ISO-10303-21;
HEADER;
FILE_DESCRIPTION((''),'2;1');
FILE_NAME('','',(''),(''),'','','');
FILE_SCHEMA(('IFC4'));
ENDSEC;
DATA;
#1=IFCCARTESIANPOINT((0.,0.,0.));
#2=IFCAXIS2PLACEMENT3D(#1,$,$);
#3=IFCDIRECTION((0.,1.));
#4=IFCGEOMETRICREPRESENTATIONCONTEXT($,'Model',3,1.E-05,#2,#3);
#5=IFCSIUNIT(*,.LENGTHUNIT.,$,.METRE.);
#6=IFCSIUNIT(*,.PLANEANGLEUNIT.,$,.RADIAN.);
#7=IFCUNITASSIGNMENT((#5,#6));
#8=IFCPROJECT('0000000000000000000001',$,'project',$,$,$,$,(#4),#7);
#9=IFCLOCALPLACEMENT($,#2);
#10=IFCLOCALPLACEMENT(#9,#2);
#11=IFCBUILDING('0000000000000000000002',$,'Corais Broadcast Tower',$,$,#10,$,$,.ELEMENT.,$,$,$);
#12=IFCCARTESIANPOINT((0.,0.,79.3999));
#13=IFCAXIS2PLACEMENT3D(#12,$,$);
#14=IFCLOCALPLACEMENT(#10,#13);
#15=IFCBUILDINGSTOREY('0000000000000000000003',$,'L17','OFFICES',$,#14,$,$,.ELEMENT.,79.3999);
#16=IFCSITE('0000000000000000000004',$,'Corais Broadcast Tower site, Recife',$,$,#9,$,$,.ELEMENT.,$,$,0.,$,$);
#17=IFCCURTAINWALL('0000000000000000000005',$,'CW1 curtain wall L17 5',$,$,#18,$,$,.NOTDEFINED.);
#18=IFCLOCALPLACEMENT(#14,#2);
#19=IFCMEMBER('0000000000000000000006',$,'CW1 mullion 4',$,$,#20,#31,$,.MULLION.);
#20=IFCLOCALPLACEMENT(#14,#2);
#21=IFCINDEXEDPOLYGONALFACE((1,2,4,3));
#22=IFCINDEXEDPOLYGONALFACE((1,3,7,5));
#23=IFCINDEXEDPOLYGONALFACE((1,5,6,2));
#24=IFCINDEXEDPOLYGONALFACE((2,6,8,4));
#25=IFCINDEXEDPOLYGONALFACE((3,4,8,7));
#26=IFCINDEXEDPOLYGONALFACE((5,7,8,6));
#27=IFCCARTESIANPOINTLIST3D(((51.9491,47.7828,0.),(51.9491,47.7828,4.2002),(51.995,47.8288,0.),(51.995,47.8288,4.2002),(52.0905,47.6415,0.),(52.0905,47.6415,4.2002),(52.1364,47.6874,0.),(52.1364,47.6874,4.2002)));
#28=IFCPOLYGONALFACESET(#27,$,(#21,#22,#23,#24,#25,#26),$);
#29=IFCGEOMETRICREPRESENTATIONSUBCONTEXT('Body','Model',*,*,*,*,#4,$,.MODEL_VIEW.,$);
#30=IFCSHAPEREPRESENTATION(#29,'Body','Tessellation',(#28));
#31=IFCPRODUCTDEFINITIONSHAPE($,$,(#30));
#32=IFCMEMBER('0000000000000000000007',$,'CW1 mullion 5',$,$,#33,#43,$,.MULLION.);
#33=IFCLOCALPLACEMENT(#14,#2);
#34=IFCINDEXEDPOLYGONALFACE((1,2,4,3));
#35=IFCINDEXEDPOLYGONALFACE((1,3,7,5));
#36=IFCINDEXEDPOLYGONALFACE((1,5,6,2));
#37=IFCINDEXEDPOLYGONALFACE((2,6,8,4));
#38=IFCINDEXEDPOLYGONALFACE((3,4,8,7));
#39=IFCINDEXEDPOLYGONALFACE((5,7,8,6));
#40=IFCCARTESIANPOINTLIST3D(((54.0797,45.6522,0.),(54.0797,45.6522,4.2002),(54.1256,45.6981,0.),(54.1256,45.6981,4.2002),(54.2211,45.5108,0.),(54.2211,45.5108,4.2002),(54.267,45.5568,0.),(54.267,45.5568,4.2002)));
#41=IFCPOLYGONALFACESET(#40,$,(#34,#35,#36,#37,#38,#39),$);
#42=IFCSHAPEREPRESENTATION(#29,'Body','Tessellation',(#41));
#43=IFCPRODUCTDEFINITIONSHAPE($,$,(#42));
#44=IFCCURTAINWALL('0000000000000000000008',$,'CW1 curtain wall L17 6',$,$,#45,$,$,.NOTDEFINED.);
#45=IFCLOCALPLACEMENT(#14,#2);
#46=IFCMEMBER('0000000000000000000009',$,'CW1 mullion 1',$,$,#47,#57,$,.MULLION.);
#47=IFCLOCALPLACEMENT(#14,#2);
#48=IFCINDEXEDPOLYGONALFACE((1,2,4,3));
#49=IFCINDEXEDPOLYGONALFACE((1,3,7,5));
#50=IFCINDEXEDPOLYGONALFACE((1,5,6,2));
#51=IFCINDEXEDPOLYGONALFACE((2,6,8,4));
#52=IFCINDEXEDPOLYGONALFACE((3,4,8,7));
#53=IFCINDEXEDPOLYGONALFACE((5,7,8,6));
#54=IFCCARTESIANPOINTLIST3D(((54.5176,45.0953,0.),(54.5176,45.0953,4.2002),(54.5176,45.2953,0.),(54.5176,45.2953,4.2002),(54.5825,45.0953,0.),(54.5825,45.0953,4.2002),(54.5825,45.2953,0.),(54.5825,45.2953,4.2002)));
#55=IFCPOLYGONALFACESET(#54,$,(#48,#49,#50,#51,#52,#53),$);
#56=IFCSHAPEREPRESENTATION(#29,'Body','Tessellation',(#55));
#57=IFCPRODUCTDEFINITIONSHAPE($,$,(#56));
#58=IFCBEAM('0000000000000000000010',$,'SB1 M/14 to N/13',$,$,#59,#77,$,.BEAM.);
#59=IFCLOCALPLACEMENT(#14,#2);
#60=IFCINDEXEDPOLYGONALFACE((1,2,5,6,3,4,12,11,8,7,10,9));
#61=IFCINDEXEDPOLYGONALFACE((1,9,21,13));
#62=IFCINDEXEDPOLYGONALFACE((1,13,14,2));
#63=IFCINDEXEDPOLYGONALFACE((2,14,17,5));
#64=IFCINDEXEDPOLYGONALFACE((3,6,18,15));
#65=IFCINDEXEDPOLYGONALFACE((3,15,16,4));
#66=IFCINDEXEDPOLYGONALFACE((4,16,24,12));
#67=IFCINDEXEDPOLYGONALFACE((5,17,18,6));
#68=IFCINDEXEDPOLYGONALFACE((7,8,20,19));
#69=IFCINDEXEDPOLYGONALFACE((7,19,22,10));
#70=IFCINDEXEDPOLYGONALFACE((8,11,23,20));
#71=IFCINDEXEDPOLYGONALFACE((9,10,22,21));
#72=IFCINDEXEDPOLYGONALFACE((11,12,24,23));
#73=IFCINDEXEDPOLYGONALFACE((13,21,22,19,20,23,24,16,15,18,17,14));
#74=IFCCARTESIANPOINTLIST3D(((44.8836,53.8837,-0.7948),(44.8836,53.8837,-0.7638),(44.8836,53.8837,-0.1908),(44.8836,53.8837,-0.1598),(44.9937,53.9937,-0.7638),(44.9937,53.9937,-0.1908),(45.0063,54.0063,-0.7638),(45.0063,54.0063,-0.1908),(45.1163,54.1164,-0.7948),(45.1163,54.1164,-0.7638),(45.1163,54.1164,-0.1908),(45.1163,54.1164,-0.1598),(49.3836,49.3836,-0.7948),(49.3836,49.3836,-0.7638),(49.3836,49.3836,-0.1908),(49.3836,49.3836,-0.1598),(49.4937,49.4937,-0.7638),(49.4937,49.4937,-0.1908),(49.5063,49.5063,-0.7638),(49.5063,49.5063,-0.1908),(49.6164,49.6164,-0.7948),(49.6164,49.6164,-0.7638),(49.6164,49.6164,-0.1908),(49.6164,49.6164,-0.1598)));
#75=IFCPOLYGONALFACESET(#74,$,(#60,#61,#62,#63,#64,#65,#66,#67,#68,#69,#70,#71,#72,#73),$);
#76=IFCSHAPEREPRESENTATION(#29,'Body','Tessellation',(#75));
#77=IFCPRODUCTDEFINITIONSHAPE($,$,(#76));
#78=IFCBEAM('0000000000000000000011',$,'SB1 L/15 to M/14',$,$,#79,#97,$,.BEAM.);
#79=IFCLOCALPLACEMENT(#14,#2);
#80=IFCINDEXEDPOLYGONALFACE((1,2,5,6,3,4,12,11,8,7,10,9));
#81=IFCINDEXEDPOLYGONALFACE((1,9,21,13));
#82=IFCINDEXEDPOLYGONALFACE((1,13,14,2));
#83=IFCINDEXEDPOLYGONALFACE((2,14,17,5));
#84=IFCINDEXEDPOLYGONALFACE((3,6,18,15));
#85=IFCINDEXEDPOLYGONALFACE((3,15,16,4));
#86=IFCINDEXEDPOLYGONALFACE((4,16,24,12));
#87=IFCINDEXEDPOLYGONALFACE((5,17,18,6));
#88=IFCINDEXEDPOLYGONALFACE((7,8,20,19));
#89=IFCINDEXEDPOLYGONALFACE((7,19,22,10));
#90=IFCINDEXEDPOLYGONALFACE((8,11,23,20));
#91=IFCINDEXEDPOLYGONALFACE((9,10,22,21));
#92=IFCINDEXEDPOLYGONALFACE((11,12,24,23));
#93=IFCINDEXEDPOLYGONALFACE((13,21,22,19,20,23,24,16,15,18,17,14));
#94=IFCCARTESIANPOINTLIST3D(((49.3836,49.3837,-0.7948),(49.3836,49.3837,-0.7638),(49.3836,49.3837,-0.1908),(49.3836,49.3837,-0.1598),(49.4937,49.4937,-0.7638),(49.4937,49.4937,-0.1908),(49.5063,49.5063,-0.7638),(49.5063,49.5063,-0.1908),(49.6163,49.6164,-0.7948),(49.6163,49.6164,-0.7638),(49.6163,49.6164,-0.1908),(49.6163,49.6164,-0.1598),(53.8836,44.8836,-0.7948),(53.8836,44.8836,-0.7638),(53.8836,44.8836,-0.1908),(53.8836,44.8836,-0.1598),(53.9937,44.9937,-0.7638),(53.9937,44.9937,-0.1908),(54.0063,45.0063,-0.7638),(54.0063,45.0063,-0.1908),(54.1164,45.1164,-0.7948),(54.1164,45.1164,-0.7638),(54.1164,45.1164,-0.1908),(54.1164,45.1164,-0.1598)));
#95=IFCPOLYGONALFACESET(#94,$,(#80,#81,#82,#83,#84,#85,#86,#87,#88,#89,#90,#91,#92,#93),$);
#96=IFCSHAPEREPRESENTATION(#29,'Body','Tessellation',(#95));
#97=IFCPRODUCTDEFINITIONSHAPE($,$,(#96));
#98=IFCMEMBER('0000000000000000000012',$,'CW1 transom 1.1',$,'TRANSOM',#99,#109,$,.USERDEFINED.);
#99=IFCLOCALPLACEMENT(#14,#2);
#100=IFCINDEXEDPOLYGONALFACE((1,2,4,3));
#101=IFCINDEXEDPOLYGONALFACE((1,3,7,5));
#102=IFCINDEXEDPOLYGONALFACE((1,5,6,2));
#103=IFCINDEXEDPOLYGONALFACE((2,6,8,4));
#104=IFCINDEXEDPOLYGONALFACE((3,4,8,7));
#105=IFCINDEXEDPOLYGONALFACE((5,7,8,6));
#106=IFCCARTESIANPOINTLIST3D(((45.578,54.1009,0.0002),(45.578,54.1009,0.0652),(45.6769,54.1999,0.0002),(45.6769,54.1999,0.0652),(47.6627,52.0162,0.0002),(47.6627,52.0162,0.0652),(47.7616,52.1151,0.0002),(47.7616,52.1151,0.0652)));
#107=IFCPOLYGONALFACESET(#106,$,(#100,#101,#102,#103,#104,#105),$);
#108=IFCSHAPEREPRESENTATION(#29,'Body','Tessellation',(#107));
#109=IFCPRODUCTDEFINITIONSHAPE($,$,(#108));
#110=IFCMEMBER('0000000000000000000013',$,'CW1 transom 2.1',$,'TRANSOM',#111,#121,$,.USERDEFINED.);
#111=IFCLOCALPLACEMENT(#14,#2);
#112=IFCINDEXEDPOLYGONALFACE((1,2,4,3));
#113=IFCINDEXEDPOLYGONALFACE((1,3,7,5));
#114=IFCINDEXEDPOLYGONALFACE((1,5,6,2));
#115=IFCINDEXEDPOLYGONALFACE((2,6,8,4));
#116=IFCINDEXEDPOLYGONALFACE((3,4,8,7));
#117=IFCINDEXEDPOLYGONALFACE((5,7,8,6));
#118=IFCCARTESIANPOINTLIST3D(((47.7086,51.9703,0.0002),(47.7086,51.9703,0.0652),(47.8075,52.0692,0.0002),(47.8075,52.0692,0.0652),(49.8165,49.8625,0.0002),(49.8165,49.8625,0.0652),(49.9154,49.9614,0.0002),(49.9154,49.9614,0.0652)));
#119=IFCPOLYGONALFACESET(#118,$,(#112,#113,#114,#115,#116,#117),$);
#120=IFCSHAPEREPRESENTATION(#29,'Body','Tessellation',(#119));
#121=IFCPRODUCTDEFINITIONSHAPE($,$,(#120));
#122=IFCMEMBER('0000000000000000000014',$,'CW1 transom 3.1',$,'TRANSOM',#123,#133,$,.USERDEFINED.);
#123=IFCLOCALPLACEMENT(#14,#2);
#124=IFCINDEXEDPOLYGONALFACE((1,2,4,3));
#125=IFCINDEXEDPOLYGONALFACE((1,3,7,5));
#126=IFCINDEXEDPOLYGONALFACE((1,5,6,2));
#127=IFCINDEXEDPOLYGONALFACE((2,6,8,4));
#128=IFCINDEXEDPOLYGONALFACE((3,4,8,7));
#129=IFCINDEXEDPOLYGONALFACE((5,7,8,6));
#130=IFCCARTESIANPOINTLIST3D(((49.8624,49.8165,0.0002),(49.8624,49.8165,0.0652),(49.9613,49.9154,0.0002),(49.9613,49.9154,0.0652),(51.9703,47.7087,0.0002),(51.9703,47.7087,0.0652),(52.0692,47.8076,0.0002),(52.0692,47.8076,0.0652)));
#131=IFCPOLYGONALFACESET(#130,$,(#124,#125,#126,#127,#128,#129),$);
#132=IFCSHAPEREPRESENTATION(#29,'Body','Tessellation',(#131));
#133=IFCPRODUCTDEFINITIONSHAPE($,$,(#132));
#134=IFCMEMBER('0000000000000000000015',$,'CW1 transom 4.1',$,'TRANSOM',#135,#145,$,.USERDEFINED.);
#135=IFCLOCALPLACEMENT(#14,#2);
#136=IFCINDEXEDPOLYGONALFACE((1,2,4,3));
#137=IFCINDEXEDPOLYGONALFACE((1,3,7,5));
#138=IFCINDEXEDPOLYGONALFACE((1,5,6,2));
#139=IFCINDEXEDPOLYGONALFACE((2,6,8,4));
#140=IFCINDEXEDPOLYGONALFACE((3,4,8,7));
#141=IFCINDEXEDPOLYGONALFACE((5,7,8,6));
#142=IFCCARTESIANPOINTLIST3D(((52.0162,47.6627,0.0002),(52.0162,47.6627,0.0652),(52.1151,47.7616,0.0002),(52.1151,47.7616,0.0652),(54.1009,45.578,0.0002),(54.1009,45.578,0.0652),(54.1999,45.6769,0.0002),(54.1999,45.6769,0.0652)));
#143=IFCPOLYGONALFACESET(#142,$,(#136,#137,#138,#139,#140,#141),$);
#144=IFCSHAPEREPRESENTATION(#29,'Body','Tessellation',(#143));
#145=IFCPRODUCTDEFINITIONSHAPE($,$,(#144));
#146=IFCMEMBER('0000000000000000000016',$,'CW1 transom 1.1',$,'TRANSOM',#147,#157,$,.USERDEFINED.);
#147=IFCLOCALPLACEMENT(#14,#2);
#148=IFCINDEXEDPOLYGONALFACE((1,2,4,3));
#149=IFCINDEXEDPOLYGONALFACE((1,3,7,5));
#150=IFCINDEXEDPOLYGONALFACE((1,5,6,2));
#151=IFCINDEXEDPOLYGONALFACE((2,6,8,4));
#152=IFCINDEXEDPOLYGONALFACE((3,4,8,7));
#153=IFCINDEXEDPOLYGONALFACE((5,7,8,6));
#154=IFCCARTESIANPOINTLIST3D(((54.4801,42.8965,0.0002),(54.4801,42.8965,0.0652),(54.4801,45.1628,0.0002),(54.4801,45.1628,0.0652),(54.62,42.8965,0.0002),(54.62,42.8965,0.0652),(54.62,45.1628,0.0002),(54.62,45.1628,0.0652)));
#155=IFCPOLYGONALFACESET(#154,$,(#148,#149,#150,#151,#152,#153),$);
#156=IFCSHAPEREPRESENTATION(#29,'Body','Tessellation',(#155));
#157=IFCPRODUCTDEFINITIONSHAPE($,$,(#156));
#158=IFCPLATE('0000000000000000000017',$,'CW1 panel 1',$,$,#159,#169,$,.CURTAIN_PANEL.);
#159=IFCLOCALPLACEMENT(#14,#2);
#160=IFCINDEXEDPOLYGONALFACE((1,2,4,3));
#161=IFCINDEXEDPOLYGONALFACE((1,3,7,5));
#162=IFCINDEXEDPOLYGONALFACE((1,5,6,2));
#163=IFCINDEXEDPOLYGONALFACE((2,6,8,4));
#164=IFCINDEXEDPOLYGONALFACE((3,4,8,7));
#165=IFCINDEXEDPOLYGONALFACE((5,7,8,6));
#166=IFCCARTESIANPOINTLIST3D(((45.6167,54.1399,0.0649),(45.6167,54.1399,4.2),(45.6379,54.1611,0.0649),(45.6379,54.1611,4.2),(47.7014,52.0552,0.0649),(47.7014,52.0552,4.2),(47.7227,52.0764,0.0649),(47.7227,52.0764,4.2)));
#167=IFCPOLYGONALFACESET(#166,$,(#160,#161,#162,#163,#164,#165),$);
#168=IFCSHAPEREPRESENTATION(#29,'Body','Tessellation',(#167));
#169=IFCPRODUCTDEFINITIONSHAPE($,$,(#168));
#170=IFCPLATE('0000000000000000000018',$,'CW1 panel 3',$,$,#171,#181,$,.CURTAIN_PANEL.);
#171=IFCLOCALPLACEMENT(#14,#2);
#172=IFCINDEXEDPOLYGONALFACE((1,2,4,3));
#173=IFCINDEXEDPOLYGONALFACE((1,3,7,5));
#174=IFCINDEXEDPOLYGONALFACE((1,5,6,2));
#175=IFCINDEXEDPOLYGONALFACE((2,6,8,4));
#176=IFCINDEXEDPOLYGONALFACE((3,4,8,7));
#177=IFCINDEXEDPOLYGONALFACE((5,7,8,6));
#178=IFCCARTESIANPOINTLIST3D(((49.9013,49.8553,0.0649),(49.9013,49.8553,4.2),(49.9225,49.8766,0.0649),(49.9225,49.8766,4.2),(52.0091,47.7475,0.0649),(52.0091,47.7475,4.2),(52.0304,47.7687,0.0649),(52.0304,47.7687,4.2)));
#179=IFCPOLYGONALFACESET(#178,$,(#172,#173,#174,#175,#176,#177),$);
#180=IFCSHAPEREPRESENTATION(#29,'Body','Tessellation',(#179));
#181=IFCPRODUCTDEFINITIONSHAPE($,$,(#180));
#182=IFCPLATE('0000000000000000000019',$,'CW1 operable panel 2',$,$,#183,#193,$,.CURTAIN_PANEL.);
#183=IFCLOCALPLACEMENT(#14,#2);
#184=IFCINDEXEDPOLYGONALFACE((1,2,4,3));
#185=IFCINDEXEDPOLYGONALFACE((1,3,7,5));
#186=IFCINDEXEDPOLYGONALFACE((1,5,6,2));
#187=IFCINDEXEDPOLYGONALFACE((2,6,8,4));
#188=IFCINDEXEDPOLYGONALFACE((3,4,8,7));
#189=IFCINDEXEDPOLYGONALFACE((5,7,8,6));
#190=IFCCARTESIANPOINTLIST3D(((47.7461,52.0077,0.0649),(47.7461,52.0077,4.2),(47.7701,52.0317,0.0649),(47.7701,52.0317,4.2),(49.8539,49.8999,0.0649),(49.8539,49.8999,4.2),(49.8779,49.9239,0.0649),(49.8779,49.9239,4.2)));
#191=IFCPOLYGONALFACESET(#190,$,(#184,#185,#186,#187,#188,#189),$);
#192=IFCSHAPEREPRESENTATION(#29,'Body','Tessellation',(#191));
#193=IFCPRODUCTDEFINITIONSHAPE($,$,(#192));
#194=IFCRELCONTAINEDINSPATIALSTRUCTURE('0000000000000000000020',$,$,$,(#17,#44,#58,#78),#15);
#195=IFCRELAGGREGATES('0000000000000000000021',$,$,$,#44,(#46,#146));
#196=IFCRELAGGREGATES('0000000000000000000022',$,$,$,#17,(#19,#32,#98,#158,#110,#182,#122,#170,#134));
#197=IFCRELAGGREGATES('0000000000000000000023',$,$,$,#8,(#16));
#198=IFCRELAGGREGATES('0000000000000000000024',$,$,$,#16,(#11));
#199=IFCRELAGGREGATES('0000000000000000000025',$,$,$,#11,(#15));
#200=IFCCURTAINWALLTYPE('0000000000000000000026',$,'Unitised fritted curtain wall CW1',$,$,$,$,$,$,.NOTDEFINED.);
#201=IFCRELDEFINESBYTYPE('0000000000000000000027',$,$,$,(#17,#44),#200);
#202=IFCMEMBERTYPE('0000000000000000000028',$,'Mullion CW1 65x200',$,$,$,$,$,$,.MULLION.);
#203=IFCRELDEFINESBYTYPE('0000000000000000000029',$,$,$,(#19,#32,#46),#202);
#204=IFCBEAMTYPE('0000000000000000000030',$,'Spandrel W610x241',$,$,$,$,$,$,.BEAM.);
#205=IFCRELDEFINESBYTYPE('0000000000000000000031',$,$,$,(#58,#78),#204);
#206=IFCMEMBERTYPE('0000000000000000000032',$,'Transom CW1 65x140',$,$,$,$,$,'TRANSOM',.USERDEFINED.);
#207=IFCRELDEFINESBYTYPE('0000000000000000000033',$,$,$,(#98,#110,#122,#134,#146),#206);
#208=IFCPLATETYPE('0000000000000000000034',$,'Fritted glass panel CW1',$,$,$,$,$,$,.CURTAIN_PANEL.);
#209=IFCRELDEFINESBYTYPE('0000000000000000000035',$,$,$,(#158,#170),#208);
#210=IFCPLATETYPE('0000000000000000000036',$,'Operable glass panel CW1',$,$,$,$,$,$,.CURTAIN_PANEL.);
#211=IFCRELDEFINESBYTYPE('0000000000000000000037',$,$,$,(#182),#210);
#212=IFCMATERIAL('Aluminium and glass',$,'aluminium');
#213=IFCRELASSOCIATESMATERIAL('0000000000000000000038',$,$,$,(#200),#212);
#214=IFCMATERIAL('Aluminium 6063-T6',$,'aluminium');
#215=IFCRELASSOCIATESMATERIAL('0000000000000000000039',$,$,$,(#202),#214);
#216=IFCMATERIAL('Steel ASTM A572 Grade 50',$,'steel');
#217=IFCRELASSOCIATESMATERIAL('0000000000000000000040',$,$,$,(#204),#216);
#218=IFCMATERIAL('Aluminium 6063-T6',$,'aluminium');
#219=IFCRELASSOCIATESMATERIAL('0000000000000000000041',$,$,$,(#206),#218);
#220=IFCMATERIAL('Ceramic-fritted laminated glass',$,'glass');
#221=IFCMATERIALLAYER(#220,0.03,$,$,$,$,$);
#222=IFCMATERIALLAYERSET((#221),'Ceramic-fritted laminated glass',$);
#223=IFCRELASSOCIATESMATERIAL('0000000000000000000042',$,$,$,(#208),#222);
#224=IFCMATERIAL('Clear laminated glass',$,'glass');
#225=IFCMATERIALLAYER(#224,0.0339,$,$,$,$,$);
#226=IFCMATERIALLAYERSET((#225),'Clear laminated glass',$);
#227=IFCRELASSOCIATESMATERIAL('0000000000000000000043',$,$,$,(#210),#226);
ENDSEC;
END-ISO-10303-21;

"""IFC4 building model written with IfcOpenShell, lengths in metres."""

from ifc_helpers import new_model, si_unit, direction, frame, origin, origin_2d, place, context, subcontext, project, spatial, rectangle, i_section, extrude, material, layer, layer_set, material_profile, profile_set, type_object, element, aggregate, save


model = new_model("IFC4")

# Units and contexts
model_context = context("Model", 3, precision=1e-05, world=origin(), true_north=direction((0.0, 1.0)))
body_context = subcontext(model_context, "Body", "Model", "MODEL_VIEW")
ifc_project = project(units=[si_unit("LENGTHUNIT", "METRE"), si_unit("PLANEANGLEUNIT", "RADIAN")], contexts=[model_context])

# Site, building, storey
site_placement = place(None, origin())
site = spatial("IfcSite", under=ifc_project, at=site_placement, Name="Corais Broadcast Tower site, Recife", CompositionType="ELEMENT", RefElevation=0.0)
building_placement = place(site_placement, origin())
building = spatial("IfcBuilding", under=site, at=building_placement, Name="Corais Broadcast Tower", CompositionType="ELEMENT")
storey_placement = place(building_placement, frame((0.0, 0.0, 79.3999)))
storey = spatial("IfcBuildingStorey", under=building, at=storey_placement, Name="L17", Description="OFFICES", CompositionType="ELEMENT", Elevation=79.3999)

# Shared definitions
ifc_material_1 = material(Name="Aluminium and glass", Category="aluminium")
curtain_wall_type = type_object("IfcCurtainWallType", Name="Unitised fritted curtain wall CW1", PredefinedType="NOTDEFINED", material=ifc_material_1)
ifc_material_2 = material(Name="Aluminium 6063-T6", Category="aluminium")
ifc_material_profile_1 = material_profile(ifc_material_2, rectangle(XDim=0.0649, YDim=0.2, at=origin_2d()), Name="Mullion CW1 65x200")
ifc_profile_set_1 = profile_set([ifc_material_profile_1], Name="Aluminium 6063-T6")
member_type_1 = type_object("IfcMemberType", Name="Mullion CW1 65x200", PredefinedType="MULLION", material=ifc_profile_set_1)

# Curtain wall, members
curtain_wall_1_placement = place(storey_placement, origin())
curtain_wall_1 = element("IfcCurtainWall", 1, at=curtain_wall_1_placement, inside=storey, type_object=curtain_wall_type, Name="CW1 curtain wall L17 5", PredefinedType="NOTDEFINED")
member_1_placement = place(storey_placement, frame((52.0427, 47.7351, 0.0), z_axis=(0.0, 0.0, 1.0), x_axis=(0.707107, 0.707107, 0.0)))
member_1 = element("IfcMember", 2, at=member_1_placement, type_object=member_type_1, Name="CW1 mullion 4", PredefinedType="MULLION", context=body_context, shape_type="SweptSolid", body=[
    extrude(rectangle(XDim=0.0649, YDim=0.2, at=origin_2d()), origin(), (0.0, 0.0, 1.0), 4.2002),
])
member_2_placement = place(storey_placement, frame((54.1733, 45.6045, 0.0), z_axis=(0.0, 0.0, 1.0), x_axis=(0.707107, 0.707107, 0.0)))
member_2 = element("IfcMember", 3, at=member_2_placement, type_object=member_type_1, Name="CW1 mullion 5", PredefinedType="MULLION", context=body_context, shape_type="SweptSolid", body=[
    extrude(rectangle(XDim=0.0649, YDim=0.2, at=origin_2d()), origin(), (0.0, 0.0, 1.0), 4.2002),
])

# Curtain wall, member
curtain_wall_2_placement = place(storey_placement, origin())
curtain_wall_2 = element("IfcCurtainWall", 4, at=curtain_wall_2_placement, inside=storey, type_object=curtain_wall_type, Name="CW1 curtain wall L17 6", PredefinedType="NOTDEFINED")
member_3_placement = place(storey_placement, frame((54.55, 45.1953, 0.0), z_axis=(0.0, 0.0, 1.0), x_axis=(1.0, 0.0, 0.0)))
member_3 = element("IfcMember", 5, at=member_3_placement, type_object=member_type_1, Name="CW1 mullion 1", PredefinedType="MULLION", context=body_context, shape_type="SweptSolid", body=[
    extrude(rectangle(XDim=0.0649, YDim=0.2, at=origin_2d()), origin(), (0.0, 0.0, 1.0), 4.2002),
])

# Beams
ifc_material_3 = material(Name="Steel ASTM A572 Grade 50", Category="steel")
ifc_material_profile_2 = material_profile(ifc_material_3, i_section(OverallWidth=0.3291, OverallDepth=0.635, WebThickness=0.0178, FlangeThickness=0.031, at=origin_2d()), Name="W610x241")
ifc_profile_set_2 = profile_set([ifc_material_profile_2], Name="Steel ASTM A572 Grade 50")
beam_type_1 = type_object("IfcBeamType", Name="Spandrel W610x241", PredefinedType="BEAM", material=ifc_profile_set_2)
for number, where, z_axis, x_axis, name in (
    (6, (49.5, 49.5, -0.4773), (-0.707107, 0.707107, 0.0), (-0.707107, -0.707107, 0.0), "SB1 M/14 to N/13"),
    (7, (54.0, 45.0, -0.4773), (-0.707107, 0.707107, 0.0), (-0.707107, -0.707107, 0.0), "SB1 L/15 to M/14"),
):
    element("IfcBeam", number, at=place(storey_placement, frame(where, z_axis=z_axis, x_axis=x_axis)), inside=storey, type_object=beam_type_1, Name=name, PredefinedType="BEAM", context=body_context, shape_type="SweptSolid", body=[
        extrude(i_section(OverallWidth=0.3291, OverallDepth=0.635, WebThickness=0.0178, FlangeThickness=0.031, at=origin_2d()), origin(), (0.0, 0.0, 1.0), 6.364),
    ])

# Members
ifc_material_4 = material(Name="Aluminium 6063-T6", Category="aluminium")
ifc_material_profile_3 = material_profile(ifc_material_4, rectangle(XDim=0.1399, YDim=0.0649, at=origin_2d()), Name="Transom CW1 65x140")
ifc_profile_set_3 = profile_set([ifc_material_profile_3], Name="Aluminium 6063-T6")
member_type_2 = type_object("IfcMemberType", Name="Transom CW1 65x140", ElementType="TRANSOM", PredefinedType="USERDEFINED", material=ifc_profile_set_3)
member_4_placement = place(storey_placement, frame((45.6274, 54.1504, 0.0327), z_axis=(0.707107, -0.707107, 0.0), x_axis=(0.707107, 0.707107, 0.0)))
member_4 = element("IfcMember", 8, at=member_4_placement, type_object=member_type_2, Name="CW1 transom 1.1", ObjectType="TRANSOM", PredefinedType="USERDEFINED", context=body_context, shape_type="SweptSolid", body=[
    extrude(rectangle(XDim=0.1399, YDim=0.0649, at=origin_2d()), origin(), (0.0, 0.0, 1.0), 2.9482),
])
member_5_placement = place(storey_placement, frame((47.7581, 52.0198, 0.0327), z_axis=(0.707107, -0.707107, 0.0), x_axis=(0.707107, 0.707107, 0.0)))
member_5 = element("IfcMember", 9, at=member_5_placement, type_object=member_type_2, Name="CW1 transom 2.1", ObjectType="TRANSOM", PredefinedType="USERDEFINED", context=body_context, shape_type="SweptSolid", body=[
    extrude(rectangle(XDim=0.1399, YDim=0.0649, at=origin_2d()), origin(), (0.0, 0.0, 1.0), 2.981),
])
member_6_placement = place(storey_placement, frame((49.9119, 49.866, 0.0327), z_axis=(0.707107, -0.707107, 0.0), x_axis=(0.707107, 0.707107, 0.0)))
member_6 = element("IfcMember", 10, at=member_6_placement, type_object=member_type_2, Name="CW1 transom 3.1", ObjectType="TRANSOM", PredefinedType="USERDEFINED", context=body_context, shape_type="SweptSolid", body=[
    extrude(rectangle(XDim=0.1399, YDim=0.0649, at=origin_2d()), origin(), (0.0, 0.0, 1.0), 2.981),
])
member_7_placement = place(storey_placement, frame((52.0657, 47.7122, 0.0327), z_axis=(0.707107, -0.707107, 0.0), x_axis=(0.707107, 0.707107, 0.0)))
member_7 = element("IfcMember", 11, at=member_7_placement, type_object=member_type_2, Name="CW1 transom 4.1", ObjectType="TRANSOM", PredefinedType="USERDEFINED", context=body_context, shape_type="SweptSolid", body=[
    extrude(rectangle(XDim=0.1399, YDim=0.0649, at=origin_2d()), origin(), (0.0, 0.0, 1.0), 2.9482),
])
member_8_placement = place(storey_placement, frame((54.55, 45.1628, 0.0327), z_axis=(0.0, -1.0, 0.0), x_axis=(1.0, 0.0, 0.0)))
member_8 = element("IfcMember", 12, at=member_8_placement, type_object=member_type_2, Name="CW1 transom 1.1", ObjectType="TRANSOM", PredefinedType="USERDEFINED", context=body_context, shape_type="SweptSolid", body=[
    extrude(rectangle(XDim=0.1399, YDim=0.0649, at=origin_2d()), origin(), (0.0, 0.0, 1.0), 2.2664),
])
aggregate(curtain_wall_2, [member_3, member_8])

# Plates
ifc_material_5 = material(Name="Ceramic-fritted laminated glass", Category="glass")
ifc_layer_1 = layer(ifc_material_5, 0.03)
ifc_layer_set_1 = layer_set([ifc_layer_1], Name="Ceramic-fritted laminated glass")
plate_type_1 = type_object("IfcPlateType", Name="Fritted glass panel CW1", PredefinedType="CURTAIN_PANEL", material=ifc_layer_set_1)
plate_1_placement = place(storey_placement, frame((46.6697, 53.1082, 0.0649), z_axis=(0.0, 0.0, 1.0), x_axis=(0.707107, -0.707107, 0.0)))
plate_1 = element("IfcPlate", 13, at=plate_1_placement, type_object=plate_type_1, Name="CW1 panel 1", PredefinedType="CURTAIN_PANEL", context=body_context, shape_type="SweptSolid", body=[
    extrude(rectangle(XDim=2.9482, YDim=0.03, at=origin_2d()), origin(), (0.0, 0.0, 1.0), 4.135),
])
plate_2_placement = place(storey_placement, frame((50.9658, 48.812, 0.0649), z_axis=(0.0, 0.0, 1.0), x_axis=(0.707107, -0.707107, 0.0)))
plate_2 = element("IfcPlate", 14, at=plate_2_placement, type_object=plate_type_1, Name="CW1 panel 3", PredefinedType="CURTAIN_PANEL", context=body_context, shape_type="SweptSolid", body=[
    extrude(rectangle(XDim=2.981, YDim=0.03, at=origin_2d()), origin(), (0.0, 0.0, 1.0), 4.135),
])
ifc_material_6 = material(Name="Clear laminated glass", Category="glass")
ifc_layer_2 = layer(ifc_material_6, 0.0339)
ifc_layer_set_2 = layer_set([ifc_layer_2], Name="Clear laminated glass")
plate_type_2 = type_object("IfcPlateType", Name="Operable glass panel CW1", PredefinedType="CURTAIN_PANEL", material=ifc_layer_set_2)
plate_3_placement = place(storey_placement, frame((48.812, 50.9658, 0.0649), z_axis=(0.0, 0.0, 1.0), x_axis=(0.707107, -0.707107, 0.0)))
plate_3 = element("IfcPlate", 15, at=plate_3_placement, type_object=plate_type_2, Name="CW1 operable panel 2", PredefinedType="CURTAIN_PANEL", context=body_context, shape_type="SweptSolid", body=[
    extrude(rectangle(XDim=2.981, YDim=0.0339, at=origin_2d()), origin(), (0.0, 0.0, 1.0), 4.135),
])
aggregate(curtain_wall_1, [member_1, member_2, member_4, plate_1, member_5, plate_3, member_6, plate_2, member_7])

save(model, "model.ifc")
